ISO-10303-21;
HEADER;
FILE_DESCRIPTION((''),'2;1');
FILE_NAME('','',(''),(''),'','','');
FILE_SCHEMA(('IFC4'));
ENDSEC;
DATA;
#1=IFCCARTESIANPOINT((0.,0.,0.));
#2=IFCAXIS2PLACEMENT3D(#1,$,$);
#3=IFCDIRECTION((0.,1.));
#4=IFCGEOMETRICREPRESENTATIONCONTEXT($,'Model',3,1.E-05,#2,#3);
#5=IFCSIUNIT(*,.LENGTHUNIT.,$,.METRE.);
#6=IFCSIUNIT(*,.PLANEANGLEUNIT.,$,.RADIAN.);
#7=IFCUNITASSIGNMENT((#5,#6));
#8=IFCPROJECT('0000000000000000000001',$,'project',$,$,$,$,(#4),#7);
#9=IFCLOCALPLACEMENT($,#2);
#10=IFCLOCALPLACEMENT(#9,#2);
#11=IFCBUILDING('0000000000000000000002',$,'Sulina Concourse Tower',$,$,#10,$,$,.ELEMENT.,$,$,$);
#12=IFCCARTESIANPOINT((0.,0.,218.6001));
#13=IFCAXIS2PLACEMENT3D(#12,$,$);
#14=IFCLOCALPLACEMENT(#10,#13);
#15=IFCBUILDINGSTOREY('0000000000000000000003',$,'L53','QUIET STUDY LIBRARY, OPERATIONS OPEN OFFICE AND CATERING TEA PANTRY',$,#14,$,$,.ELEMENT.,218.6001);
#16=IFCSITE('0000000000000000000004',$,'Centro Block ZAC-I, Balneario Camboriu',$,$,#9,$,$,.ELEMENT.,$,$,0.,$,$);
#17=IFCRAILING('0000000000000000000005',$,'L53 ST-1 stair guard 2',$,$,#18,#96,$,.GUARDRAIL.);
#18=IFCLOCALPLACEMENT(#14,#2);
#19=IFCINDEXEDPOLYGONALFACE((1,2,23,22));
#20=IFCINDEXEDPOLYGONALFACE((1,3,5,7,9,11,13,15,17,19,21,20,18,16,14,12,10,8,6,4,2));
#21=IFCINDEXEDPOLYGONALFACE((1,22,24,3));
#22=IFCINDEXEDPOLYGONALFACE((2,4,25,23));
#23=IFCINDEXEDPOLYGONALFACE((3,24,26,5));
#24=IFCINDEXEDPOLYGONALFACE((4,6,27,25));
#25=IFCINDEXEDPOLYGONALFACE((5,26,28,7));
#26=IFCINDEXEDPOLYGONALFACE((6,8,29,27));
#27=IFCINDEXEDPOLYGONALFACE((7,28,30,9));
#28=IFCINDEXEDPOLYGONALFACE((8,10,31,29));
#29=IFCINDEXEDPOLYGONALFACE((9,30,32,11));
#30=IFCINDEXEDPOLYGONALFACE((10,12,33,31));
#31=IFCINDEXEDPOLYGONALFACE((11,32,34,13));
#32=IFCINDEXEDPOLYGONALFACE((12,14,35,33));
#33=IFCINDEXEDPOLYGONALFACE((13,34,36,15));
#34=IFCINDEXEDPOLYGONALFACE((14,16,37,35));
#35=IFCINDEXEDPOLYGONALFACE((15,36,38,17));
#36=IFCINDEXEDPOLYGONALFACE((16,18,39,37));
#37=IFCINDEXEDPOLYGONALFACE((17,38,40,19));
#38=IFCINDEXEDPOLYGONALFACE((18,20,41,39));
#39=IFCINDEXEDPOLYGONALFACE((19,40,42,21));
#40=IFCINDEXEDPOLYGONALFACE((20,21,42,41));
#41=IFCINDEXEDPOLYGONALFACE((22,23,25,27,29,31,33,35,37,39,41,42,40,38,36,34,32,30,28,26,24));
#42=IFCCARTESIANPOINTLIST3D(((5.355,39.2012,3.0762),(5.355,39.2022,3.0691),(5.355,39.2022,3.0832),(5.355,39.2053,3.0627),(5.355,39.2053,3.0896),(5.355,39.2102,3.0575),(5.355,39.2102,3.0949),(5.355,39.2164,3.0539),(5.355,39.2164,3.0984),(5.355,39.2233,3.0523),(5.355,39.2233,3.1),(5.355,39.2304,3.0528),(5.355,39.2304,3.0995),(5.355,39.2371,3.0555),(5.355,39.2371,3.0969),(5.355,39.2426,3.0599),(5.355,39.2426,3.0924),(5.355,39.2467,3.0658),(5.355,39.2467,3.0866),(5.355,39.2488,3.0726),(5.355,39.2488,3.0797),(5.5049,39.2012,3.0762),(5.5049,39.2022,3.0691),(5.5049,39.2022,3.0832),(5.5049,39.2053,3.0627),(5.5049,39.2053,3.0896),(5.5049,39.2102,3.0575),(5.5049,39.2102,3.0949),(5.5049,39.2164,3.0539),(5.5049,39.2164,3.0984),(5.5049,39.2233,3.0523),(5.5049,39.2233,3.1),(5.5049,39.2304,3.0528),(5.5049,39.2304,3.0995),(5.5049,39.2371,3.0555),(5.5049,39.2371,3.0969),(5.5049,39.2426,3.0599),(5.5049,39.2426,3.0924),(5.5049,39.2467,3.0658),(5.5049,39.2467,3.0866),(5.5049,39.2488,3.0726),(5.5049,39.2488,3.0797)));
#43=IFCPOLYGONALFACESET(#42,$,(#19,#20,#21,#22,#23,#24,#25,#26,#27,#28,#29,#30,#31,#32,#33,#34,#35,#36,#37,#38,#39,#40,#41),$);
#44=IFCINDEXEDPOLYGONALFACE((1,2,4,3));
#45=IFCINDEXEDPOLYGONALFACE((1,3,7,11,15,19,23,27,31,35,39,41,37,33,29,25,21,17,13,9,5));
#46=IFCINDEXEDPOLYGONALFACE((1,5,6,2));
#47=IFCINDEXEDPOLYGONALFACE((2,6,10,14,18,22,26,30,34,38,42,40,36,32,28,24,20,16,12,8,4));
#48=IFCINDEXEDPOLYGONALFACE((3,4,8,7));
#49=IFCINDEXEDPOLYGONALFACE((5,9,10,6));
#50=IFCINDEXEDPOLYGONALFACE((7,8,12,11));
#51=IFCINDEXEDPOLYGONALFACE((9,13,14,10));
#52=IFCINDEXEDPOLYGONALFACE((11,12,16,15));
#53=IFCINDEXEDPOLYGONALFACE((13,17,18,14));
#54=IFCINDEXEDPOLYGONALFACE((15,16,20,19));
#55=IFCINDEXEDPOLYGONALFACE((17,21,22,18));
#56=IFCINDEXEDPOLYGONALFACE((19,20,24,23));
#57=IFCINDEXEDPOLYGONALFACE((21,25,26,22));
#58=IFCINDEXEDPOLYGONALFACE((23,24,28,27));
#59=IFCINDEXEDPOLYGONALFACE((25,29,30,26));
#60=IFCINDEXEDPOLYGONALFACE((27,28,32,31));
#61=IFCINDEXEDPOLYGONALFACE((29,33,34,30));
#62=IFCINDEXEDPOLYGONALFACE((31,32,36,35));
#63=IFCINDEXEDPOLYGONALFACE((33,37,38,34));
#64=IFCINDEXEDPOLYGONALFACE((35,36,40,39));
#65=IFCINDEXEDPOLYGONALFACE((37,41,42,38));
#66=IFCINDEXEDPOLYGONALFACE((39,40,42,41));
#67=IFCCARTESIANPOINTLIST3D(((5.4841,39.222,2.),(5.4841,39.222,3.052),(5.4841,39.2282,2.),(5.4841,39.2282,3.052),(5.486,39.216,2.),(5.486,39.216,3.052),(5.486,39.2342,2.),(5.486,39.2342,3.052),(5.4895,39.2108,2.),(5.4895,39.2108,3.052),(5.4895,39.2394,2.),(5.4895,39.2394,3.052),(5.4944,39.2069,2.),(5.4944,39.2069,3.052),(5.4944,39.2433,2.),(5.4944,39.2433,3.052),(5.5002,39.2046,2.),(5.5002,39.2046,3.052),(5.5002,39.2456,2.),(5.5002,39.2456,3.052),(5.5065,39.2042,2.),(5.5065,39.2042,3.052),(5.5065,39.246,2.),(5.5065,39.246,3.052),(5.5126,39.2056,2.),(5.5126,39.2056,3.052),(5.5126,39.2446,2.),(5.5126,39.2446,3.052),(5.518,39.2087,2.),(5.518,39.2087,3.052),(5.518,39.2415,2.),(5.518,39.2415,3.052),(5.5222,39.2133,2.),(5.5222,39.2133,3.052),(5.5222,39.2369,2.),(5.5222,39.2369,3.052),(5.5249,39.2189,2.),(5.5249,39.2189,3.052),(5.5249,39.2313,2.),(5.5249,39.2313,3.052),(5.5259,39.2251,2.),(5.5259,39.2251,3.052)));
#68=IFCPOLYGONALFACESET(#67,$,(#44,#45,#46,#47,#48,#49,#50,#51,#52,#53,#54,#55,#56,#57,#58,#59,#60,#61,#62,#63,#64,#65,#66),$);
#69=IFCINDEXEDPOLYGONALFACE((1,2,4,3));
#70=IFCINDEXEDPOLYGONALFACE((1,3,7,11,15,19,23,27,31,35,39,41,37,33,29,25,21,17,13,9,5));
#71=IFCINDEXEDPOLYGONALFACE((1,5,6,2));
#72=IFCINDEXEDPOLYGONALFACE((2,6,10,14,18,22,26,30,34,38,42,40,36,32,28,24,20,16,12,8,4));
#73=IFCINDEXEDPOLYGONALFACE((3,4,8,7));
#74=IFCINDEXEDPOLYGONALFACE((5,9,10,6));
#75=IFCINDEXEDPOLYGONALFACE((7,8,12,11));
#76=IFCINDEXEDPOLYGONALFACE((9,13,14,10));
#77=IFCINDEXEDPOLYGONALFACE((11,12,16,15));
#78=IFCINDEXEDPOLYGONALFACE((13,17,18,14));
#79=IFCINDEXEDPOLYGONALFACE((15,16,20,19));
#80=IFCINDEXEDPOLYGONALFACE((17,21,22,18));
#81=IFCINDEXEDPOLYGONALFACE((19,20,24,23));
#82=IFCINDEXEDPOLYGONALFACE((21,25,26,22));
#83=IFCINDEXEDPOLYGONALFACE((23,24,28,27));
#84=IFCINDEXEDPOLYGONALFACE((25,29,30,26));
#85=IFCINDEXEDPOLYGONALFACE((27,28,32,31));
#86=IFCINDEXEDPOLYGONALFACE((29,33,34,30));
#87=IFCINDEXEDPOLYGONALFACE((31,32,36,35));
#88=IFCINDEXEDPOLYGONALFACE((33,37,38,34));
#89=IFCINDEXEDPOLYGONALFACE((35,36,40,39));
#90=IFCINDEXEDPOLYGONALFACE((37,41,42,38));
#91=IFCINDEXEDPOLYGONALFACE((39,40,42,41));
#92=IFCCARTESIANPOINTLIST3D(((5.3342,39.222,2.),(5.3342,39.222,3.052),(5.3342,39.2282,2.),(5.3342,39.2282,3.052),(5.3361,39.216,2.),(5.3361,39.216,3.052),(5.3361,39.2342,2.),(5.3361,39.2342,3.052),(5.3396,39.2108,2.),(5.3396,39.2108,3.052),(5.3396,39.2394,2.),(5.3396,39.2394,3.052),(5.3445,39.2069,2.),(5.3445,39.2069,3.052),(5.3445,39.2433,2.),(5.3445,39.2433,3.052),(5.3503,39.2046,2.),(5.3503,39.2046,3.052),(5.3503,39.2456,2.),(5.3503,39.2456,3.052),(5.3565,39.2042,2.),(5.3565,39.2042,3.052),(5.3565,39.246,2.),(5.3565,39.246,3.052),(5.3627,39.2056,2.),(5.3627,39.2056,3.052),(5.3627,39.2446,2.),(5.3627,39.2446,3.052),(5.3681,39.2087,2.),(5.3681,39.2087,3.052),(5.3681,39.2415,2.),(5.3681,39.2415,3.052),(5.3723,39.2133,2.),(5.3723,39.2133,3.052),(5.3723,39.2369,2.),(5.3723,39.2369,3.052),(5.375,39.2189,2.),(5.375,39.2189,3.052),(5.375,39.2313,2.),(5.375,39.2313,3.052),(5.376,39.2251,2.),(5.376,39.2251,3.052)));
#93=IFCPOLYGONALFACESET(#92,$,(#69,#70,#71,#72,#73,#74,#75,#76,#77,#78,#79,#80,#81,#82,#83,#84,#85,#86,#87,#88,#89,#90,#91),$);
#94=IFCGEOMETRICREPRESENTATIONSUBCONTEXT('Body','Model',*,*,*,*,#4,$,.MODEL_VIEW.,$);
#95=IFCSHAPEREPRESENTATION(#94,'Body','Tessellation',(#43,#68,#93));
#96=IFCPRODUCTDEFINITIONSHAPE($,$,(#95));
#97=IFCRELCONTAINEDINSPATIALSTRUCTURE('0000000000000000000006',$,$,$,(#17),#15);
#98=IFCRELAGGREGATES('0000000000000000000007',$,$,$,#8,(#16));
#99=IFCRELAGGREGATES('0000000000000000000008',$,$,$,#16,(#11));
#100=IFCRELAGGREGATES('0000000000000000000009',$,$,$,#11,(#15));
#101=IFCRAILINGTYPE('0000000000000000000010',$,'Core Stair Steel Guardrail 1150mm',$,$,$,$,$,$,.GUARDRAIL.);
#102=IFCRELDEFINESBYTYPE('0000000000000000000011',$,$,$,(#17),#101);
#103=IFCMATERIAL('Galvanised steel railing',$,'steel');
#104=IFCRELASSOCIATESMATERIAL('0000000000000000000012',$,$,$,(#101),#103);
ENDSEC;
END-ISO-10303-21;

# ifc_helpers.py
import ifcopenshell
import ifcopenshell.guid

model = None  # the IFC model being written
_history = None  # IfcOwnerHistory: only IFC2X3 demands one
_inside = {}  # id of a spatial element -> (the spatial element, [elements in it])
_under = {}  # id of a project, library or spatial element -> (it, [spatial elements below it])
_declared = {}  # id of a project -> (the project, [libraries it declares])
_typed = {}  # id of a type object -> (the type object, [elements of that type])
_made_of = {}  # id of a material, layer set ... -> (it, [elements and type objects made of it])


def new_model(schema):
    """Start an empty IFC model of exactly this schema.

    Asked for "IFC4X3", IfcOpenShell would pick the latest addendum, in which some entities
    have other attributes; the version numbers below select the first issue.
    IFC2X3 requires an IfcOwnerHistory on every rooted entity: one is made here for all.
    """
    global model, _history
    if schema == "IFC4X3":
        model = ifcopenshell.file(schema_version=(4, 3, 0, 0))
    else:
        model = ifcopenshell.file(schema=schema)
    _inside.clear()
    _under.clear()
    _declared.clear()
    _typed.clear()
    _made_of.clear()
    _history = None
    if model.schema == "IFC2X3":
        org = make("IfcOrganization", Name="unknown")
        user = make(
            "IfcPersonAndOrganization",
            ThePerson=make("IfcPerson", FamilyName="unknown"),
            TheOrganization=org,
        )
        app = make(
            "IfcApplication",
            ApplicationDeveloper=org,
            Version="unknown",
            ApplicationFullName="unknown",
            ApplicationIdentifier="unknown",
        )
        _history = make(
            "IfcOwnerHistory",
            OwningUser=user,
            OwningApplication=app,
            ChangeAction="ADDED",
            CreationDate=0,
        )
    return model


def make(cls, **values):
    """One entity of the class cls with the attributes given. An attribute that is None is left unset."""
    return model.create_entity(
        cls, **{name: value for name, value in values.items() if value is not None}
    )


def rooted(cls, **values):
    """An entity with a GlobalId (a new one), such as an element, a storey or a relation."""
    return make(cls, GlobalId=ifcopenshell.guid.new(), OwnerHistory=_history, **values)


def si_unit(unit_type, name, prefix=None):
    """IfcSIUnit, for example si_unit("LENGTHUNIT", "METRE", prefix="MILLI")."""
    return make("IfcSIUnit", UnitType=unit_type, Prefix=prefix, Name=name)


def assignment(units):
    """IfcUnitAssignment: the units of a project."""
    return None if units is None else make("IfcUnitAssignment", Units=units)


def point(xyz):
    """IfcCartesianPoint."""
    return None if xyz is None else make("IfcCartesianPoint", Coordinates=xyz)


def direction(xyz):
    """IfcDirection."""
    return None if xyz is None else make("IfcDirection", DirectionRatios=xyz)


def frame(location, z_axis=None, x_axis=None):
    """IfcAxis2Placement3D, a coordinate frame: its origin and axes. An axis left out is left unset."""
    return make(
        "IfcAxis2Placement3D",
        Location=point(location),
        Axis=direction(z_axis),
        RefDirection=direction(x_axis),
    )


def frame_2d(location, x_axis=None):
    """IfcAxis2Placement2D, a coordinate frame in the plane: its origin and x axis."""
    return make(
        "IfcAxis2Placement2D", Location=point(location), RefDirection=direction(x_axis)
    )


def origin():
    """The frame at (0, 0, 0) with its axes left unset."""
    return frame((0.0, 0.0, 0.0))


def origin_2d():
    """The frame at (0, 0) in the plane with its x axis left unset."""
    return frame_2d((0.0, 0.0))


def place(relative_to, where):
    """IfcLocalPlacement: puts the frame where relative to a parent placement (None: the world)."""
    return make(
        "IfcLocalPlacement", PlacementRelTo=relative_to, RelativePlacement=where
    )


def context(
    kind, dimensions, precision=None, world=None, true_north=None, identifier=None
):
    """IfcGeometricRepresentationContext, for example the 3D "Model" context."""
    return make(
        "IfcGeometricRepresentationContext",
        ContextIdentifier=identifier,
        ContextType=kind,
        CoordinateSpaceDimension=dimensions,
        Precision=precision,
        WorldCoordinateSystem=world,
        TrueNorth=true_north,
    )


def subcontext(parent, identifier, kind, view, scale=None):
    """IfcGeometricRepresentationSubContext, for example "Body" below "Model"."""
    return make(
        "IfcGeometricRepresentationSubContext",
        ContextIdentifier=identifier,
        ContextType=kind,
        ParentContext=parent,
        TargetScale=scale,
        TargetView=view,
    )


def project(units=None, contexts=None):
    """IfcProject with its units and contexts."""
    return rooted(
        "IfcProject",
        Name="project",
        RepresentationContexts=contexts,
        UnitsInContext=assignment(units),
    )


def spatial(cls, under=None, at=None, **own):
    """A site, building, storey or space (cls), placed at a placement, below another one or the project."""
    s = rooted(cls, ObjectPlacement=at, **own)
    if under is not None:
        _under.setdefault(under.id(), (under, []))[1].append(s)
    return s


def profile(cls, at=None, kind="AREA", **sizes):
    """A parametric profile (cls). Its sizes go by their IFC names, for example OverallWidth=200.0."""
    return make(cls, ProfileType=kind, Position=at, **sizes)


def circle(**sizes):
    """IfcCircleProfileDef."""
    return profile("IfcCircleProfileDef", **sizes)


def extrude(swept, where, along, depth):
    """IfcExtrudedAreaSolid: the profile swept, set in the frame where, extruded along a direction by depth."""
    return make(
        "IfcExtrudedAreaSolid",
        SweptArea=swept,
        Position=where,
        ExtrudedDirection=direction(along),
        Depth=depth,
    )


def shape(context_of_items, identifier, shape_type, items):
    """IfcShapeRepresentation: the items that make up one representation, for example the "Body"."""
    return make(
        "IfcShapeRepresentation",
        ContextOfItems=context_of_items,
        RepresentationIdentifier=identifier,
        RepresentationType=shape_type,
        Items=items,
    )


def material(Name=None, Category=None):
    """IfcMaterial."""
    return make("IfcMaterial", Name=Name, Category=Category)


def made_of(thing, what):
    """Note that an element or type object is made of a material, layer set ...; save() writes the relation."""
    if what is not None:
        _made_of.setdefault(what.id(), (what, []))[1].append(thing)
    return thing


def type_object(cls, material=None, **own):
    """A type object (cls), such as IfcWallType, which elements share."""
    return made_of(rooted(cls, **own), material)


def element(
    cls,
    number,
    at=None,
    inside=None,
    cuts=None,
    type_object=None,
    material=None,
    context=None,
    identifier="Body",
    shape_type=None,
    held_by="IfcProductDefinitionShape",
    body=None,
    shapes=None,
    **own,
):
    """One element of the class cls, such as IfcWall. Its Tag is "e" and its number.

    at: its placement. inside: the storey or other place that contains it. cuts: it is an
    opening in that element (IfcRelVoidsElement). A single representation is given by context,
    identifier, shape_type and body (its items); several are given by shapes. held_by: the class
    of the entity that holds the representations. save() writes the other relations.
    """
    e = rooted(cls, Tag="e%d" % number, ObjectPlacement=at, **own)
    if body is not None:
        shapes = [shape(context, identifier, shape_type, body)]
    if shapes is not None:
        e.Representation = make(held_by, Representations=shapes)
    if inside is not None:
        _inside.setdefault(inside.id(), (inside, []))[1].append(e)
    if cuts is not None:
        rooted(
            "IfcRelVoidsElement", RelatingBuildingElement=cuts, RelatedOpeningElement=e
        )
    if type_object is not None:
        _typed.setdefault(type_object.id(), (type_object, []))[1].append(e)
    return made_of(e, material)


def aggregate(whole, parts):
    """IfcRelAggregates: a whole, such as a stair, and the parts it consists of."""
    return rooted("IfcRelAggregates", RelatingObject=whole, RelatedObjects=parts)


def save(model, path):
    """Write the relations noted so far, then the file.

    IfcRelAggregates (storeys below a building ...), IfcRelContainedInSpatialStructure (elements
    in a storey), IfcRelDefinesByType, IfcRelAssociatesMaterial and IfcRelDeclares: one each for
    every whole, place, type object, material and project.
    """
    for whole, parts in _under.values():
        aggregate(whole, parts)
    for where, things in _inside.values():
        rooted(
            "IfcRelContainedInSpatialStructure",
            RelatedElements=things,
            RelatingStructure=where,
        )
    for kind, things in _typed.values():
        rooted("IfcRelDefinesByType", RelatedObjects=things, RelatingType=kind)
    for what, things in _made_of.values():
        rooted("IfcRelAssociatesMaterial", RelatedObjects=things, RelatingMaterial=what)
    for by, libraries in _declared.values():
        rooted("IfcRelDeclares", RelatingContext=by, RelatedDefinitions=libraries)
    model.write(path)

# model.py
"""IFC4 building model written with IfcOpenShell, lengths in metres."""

from ifc_helpers import new_model, si_unit, direction, frame, origin, origin_2d, place, context, subcontext, project, spatial, circle, extrude, material, type_object, element, save


model = new_model("IFC4")

# Units and contexts
model_context = context("Model", 3, precision=1e-05, world=origin(), true_north=direction((0.0, 1.0)))
body_context = subcontext(model_context, "Body", "Model", "MODEL_VIEW")
ifc_project = project(units=[si_unit("LENGTHUNIT", "METRE"), si_unit("PLANEANGLEUNIT", "RADIAN")], contexts=[model_context])

# Site, building, storey
site_placement = place(None, origin())
site = spatial("IfcSite", under=ifc_project, at=site_placement, Name="Centro Block ZAC-I, Balneario Camboriu", CompositionType="ELEMENT", RefElevation=0.0)
building_placement = place(site_placement, origin())
building = spatial("IfcBuilding", under=site, at=building_placement, Name="Sulina Concourse Tower", CompositionType="ELEMENT")
storey_placement = place(building_placement, frame((0.0, 0.0, 218.6001)))
storey = spatial("IfcBuildingStorey", under=building, at=storey_placement, Name="L53", Description="QUIET STUDY LIBRARY, OPERATIONS OPEN OFFICE AND CATERING TEA PANTRY", CompositionType="ELEMENT", Elevation=218.6001)

# Railing
ifc_material_1 = material(Name="Galvanised steel railing", Category="steel")
railing_type_1 = type_object("IfcRailingType", Name="Core Stair Steel Guardrail 1150mm", PredefinedType="GUARDRAIL", material=ifc_material_1)
railing_1_placement = place(storey_placement, frame((5.5049, 39.2251, 2.0)))
element("IfcRailing", 1, at=railing_1_placement, inside=storey, type_object=railing_type_1, Name="L53 ST-1 stair guard 2", PredefinedType="GUARDRAIL", context=body_context, shape_type="SweptSolid", body=[
    extrude(circle(Radius=0.0239, at=origin_2d()), frame((0.0, 0.0, 1.0762), z_axis=(-1.0, 0.0, 0.0), x_axis=(0.0, -1.0, 0.0)), (0.0, 0.0, 1.0), 0.1499),
    extrude(circle(Radius=0.021, at=origin_2d()), origin(), (0.0, 0.0, 1.0), 1.052),
    extrude(circle(Radius=0.021, at=origin_2d()), frame((-0.1499, 0.0, 0.0)), (0.0, 0.0, 1.0), 1.052),
])

save(model, "model.ifc")
